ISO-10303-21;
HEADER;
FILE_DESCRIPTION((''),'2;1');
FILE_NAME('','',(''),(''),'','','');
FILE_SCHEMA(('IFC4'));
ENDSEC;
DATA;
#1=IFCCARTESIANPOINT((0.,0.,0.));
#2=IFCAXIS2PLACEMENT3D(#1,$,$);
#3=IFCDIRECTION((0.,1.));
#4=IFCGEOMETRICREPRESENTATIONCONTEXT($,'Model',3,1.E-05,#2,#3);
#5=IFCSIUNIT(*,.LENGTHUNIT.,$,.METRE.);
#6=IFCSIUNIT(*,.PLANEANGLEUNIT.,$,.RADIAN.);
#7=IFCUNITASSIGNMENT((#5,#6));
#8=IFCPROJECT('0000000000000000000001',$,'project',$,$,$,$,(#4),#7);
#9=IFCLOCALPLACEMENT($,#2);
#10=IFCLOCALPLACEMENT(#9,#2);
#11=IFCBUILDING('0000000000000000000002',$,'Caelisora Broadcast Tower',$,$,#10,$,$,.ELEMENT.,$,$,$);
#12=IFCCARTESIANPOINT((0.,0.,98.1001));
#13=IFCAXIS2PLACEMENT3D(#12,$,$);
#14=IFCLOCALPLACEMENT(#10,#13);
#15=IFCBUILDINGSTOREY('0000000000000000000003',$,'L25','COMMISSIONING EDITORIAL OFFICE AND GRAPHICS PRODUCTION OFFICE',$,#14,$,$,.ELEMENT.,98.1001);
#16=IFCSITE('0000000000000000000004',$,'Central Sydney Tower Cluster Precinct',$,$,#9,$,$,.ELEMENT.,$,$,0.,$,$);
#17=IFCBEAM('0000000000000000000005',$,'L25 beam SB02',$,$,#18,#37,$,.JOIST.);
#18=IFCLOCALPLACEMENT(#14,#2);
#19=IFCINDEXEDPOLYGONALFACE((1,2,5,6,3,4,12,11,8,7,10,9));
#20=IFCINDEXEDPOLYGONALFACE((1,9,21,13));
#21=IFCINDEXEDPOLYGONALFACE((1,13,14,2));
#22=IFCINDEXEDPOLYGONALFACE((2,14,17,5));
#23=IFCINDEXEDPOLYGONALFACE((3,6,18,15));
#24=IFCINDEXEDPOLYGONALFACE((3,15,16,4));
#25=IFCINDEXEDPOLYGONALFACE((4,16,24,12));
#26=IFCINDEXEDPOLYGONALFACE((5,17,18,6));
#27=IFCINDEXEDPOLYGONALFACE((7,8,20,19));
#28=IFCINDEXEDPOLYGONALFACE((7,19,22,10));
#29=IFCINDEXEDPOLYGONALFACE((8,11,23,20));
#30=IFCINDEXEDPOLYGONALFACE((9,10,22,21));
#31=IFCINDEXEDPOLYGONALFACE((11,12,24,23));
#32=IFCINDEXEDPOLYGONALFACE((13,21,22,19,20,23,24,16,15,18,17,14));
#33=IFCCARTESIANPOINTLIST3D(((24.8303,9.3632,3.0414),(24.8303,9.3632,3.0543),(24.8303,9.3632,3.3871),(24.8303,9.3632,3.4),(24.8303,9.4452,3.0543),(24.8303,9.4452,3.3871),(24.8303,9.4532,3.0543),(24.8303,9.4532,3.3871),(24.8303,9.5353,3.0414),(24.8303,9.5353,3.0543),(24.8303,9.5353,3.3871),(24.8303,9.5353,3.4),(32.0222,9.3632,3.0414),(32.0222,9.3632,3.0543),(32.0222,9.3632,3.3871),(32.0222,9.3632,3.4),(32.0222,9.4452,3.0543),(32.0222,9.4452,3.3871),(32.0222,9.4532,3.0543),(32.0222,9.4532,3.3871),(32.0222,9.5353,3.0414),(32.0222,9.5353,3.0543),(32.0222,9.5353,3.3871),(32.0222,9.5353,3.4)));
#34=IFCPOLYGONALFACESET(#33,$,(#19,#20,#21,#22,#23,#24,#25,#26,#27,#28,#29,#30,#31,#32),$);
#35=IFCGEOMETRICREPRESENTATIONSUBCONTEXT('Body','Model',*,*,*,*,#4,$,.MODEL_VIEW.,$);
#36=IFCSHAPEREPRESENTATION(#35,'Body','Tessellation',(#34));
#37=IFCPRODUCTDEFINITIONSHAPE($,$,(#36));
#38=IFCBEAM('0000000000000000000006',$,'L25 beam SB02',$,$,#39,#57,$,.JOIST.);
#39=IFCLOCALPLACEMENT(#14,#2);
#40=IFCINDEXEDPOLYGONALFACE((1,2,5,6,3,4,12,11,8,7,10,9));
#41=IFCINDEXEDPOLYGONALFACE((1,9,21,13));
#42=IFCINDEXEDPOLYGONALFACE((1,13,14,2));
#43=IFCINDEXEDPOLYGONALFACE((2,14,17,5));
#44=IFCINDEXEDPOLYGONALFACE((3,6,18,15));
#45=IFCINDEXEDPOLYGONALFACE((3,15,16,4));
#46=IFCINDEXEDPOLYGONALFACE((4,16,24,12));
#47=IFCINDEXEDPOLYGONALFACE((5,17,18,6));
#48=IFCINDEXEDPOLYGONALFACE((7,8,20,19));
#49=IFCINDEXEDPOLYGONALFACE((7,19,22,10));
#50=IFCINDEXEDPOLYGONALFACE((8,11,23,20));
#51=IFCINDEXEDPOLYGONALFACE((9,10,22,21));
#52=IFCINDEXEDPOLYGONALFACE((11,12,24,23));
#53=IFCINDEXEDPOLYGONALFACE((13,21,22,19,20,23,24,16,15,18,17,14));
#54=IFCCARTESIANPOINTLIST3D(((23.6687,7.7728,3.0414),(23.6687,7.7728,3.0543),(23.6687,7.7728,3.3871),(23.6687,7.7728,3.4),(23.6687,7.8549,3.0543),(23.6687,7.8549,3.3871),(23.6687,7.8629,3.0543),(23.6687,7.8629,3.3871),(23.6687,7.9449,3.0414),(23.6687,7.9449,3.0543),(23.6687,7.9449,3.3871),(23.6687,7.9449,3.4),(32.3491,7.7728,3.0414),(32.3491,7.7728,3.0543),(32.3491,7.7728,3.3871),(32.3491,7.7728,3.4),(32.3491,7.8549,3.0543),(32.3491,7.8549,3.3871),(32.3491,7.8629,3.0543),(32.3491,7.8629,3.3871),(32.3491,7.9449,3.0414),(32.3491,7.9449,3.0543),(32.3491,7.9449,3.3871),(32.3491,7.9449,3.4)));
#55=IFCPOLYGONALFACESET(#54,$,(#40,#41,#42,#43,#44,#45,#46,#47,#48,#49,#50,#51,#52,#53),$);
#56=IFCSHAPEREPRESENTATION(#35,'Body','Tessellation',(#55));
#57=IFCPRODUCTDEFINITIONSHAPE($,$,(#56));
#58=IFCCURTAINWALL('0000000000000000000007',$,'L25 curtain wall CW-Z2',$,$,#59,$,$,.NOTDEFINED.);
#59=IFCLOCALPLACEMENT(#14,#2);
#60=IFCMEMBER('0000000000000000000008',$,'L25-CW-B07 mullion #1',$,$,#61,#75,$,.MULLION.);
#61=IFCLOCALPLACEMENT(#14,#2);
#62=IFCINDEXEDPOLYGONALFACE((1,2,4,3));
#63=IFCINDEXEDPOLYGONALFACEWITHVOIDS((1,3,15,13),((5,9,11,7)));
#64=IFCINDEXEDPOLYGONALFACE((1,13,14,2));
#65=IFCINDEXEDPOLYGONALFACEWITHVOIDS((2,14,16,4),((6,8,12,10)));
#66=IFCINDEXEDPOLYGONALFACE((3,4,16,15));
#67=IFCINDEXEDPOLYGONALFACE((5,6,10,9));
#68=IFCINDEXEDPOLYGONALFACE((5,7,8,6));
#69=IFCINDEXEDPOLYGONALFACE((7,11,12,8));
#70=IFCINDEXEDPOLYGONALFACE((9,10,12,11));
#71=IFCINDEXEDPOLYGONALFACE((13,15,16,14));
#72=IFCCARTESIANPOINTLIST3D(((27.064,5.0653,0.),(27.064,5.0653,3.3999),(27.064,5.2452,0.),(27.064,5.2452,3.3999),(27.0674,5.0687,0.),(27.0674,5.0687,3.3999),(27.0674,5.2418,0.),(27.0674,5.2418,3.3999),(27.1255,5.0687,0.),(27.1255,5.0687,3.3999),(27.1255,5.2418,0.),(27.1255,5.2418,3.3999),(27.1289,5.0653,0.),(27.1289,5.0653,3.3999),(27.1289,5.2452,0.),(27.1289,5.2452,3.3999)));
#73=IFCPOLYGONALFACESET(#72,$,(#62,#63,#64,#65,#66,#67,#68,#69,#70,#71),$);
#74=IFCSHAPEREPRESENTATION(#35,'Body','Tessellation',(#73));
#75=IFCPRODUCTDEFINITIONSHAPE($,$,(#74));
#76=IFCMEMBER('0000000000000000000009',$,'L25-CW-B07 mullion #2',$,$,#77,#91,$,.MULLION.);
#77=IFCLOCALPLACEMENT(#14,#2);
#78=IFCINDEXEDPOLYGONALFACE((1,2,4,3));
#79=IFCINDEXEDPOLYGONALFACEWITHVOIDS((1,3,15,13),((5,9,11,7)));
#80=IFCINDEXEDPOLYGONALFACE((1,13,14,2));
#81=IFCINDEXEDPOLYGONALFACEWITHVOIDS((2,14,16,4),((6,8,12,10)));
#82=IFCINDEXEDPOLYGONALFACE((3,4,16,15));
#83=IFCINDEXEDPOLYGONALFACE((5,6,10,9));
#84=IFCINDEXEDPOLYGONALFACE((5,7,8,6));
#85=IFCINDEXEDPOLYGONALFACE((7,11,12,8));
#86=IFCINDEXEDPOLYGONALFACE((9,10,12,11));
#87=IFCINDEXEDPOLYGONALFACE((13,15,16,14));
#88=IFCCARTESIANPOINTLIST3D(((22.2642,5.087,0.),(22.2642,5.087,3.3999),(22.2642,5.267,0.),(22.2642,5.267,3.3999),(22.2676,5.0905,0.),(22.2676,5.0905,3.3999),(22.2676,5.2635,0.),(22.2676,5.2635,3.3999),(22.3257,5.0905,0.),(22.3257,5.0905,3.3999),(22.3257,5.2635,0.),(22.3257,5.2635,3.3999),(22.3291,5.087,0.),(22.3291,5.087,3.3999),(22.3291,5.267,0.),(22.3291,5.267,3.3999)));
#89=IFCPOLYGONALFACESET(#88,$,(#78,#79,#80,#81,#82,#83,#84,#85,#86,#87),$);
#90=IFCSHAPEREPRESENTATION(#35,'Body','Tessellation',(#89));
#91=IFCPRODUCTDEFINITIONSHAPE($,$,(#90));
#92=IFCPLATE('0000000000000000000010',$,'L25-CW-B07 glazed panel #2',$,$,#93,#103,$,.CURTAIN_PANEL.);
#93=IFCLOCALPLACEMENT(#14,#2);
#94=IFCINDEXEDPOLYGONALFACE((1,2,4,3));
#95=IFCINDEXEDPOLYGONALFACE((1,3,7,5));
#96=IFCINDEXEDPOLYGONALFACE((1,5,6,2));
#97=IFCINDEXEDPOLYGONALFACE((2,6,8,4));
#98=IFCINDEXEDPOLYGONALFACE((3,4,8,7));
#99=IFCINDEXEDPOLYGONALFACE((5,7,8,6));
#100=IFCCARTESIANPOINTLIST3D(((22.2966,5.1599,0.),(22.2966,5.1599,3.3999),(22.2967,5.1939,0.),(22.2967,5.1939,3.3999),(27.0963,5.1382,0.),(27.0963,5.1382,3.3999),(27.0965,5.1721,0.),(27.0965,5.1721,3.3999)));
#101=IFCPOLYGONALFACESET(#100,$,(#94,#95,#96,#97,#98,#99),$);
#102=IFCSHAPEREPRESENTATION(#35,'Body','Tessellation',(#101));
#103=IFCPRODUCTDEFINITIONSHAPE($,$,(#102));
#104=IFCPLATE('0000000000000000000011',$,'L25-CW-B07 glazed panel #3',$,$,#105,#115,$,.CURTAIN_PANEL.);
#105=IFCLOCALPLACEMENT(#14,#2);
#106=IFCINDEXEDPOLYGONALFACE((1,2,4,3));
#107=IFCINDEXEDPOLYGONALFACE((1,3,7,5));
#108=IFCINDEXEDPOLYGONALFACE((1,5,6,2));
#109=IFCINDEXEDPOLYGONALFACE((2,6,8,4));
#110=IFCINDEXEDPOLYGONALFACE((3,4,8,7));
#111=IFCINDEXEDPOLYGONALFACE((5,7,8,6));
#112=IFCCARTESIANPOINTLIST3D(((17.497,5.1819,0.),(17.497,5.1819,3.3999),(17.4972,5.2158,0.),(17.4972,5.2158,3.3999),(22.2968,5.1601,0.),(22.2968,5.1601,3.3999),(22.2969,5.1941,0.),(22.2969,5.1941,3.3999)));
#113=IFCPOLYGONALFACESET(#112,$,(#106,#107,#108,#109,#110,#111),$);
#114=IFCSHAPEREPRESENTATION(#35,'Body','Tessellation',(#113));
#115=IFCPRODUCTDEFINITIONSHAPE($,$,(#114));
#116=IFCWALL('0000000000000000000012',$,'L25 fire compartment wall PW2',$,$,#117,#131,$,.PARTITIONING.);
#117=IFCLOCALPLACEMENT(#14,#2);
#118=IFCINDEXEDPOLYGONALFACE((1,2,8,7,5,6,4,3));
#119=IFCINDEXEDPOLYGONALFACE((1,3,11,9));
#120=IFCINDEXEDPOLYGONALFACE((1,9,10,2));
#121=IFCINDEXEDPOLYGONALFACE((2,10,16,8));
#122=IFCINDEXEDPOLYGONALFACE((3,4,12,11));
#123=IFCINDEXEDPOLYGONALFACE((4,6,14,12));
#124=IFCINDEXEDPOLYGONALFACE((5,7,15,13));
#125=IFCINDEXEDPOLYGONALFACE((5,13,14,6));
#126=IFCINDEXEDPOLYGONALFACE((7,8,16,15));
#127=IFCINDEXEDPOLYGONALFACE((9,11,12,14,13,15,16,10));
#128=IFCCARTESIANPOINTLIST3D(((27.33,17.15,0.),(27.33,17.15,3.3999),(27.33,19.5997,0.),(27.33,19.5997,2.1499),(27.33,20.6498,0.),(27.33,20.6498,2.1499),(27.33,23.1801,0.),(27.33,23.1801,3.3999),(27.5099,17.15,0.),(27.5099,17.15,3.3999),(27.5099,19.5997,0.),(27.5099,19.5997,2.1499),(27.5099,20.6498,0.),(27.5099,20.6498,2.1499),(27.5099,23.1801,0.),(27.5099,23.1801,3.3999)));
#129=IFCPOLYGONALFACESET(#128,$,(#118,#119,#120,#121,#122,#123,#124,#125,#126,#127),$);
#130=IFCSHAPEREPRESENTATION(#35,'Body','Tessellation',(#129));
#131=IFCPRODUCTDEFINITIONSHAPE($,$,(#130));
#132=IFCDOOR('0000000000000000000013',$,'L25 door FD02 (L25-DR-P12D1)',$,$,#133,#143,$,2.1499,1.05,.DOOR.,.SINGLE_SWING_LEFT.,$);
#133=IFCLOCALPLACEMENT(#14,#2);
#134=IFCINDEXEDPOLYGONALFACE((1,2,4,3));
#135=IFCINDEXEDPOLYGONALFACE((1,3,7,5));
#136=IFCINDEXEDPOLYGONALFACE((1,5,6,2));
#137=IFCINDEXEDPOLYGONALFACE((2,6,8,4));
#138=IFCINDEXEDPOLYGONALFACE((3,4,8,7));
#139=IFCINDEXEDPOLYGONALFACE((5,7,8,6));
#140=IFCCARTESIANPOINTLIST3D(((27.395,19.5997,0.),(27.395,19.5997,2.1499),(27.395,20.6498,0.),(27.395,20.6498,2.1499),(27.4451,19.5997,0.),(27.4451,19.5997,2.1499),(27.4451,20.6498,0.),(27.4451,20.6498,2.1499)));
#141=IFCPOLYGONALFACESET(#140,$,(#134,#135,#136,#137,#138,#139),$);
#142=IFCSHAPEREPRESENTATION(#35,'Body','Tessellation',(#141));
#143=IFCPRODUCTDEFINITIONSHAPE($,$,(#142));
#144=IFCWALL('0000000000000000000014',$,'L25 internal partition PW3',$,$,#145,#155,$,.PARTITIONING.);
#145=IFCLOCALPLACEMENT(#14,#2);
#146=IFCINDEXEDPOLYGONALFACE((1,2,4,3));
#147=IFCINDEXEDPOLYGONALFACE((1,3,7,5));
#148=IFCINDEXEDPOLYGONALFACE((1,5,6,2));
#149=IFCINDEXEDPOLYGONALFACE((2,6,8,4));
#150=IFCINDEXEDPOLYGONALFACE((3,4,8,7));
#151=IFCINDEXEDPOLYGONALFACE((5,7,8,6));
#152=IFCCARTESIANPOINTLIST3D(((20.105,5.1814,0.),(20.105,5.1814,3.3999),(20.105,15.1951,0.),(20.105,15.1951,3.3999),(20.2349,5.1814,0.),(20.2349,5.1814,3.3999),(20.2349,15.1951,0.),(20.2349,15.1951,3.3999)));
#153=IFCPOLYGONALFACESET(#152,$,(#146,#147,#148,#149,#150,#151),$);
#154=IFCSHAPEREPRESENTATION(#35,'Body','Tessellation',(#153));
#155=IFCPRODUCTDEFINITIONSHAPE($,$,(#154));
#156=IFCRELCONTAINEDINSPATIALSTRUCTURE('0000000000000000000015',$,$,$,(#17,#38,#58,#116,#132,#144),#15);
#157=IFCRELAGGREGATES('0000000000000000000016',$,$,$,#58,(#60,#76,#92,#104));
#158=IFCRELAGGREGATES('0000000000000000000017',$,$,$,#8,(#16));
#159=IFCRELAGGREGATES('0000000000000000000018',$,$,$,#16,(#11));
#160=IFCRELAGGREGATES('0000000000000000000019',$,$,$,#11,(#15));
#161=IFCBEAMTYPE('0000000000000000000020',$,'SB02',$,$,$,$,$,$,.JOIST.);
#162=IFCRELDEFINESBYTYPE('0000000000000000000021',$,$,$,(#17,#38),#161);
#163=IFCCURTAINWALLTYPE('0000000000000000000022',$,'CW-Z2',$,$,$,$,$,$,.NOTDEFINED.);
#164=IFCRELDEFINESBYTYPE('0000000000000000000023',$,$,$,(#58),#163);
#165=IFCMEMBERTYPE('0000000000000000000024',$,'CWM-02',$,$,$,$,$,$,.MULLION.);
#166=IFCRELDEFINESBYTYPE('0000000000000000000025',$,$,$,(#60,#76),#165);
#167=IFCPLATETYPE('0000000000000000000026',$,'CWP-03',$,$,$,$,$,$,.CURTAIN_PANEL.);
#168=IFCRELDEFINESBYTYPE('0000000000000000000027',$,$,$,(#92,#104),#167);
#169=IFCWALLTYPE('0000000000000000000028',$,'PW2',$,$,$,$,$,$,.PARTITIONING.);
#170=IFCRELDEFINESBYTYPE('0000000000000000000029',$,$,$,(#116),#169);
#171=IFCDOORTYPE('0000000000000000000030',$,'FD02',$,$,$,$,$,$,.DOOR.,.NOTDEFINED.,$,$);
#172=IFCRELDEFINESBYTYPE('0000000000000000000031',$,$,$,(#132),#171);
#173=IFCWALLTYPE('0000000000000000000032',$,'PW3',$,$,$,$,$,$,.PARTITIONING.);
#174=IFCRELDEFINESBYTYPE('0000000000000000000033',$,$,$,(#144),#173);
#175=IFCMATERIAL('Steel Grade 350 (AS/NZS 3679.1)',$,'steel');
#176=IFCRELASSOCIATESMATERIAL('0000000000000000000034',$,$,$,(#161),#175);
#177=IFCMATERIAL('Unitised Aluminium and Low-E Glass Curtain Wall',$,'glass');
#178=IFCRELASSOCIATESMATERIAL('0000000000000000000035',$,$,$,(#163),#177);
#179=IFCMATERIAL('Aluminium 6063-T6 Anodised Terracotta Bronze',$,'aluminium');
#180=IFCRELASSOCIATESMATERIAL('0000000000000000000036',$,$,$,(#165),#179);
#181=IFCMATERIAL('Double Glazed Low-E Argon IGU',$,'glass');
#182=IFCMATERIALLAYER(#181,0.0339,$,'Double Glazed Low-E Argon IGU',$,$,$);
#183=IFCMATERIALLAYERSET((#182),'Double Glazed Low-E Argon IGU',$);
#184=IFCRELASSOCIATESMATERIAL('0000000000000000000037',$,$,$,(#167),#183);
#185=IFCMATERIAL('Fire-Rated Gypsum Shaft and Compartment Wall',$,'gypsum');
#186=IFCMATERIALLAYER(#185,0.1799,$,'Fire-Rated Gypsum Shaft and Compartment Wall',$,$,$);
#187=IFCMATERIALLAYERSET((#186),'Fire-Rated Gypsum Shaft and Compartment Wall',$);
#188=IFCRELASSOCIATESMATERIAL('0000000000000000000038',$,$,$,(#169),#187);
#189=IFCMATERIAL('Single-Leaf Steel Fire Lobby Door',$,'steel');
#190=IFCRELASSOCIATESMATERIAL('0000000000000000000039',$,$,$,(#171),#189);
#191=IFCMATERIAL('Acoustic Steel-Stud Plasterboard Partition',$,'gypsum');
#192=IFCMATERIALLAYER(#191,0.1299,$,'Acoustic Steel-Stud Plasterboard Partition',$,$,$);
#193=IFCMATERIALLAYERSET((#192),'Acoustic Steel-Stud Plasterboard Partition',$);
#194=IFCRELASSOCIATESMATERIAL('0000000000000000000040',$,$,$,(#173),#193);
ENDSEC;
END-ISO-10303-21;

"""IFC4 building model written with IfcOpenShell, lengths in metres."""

from ifc_helpers import new_model, si_unit, direction, frame, frame_2d, origin, origin_2d, place, context, subcontext, project, spatial, rectangle, hollow_rectangle, i_section, extrude, source, transform, mapped, material, layer, layer_set, material_profile, profile_set, type_object, type_shapes, element, fill, aggregate, save


model = new_model("IFC4")

# Units and contexts
model_context = context("Model", 3, precision=1e-05, world=origin(), true_north=direction((0.0, 1.0)))
body_context = subcontext(model_context, "Body", "Model", "MODEL_VIEW")
ifc_project = project(units=[si_unit("LENGTHUNIT", "METRE"), si_unit("PLANEANGLEUNIT", "RADIAN")], contexts=[model_context])

# Site, building, storey
site_placement = place(None, origin())
site = spatial("IfcSite", under=ifc_project, at=site_placement, Name="Central Sydney Tower Cluster Precinct", CompositionType="ELEMENT", RefElevation=0.0)
building_placement = place(site_placement, origin())
building = spatial("IfcBuilding", under=site, at=building_placement, Name="Caelisora Broadcast Tower", CompositionType="ELEMENT")
storey_placement = place(building_placement, frame((0.0, 0.0, 98.1001)))
storey = spatial("IfcBuildingStorey", under=building, at=storey_placement, Name="L25", Description="COMMISSIONING EDITORIAL OFFICE AND GRAPHICS PRODUCTION OFFICE", CompositionType="ELEMENT", Elevation=98.1001)

# Beams
ifc_material_1 = material(Name="Steel Grade 350 (AS/NZS 3679.1)", Category="steel")
ifc_material_profile_1 = material_profile(ifc_material_1, i_section(OverallWidth=0.1721, OverallDepth=0.3586, WebThickness=0.0081, FlangeThickness=0.0129, at=origin_2d()), Name="Steel Grade 350 (AS/NZS 3679.1)")
ifc_profile_set_1 = profile_set([ifc_material_profile_1], Name="Steel Grade 350 (AS/NZS 3679.1)")
beam_type_1 = type_object("IfcBeamType", Name="SB02", PredefinedType="JOIST", material=ifc_profile_set_1)
shared_shape_1 = source(origin(), body_context, "Body", "SweptSolid", [
    extrude(i_section(OverallWidth=0.1721, OverallDepth=0.3586, WebThickness=0.0081, FlangeThickness=0.0129, at=origin_2d()), origin(), (0.0, 0.0, 1.0), 7.1919),
])
beam_1_placement = place(storey_placement, frame((24.8303, 9.4492, 3.2207), z_axis=(1.0, 0.0, 0.0), x_axis=(0.0, 1.0, 0.0)))
element("IfcBeam", 1, at=beam_1_placement, inside=storey, type_object=beam_type_1, Name="L25 beam SB02", PredefinedType="JOIST", context=body_context, shape_type="MappedRepresentation", body=[
    mapped(shared_shape_1, transform((0.0, 0.0, 0.0), scale=1.0)),
])
shared_shape_2 = source(origin(), body_context, "Body", "SweptSolid", [
    extrude(i_section(OverallWidth=0.1721, OverallDepth=0.3586, WebThickness=0.0081, FlangeThickness=0.0129, at=origin_2d()), origin(), (0.0, 0.0, 1.0), 8.6804),
])
beam_2_placement = place(storey_placement, frame((23.6687, 7.8589, 3.2207), z_axis=(1.0, 0.0, 0.0), x_axis=(0.0, 1.0, 0.0)))
element("IfcBeam", 2, at=beam_2_placement, inside=storey, type_object=beam_type_1, Name="L25 beam SB02", PredefinedType="JOIST", context=body_context, shape_type="MappedRepresentation", body=[
    mapped(shared_shape_2, transform((0.0, 0.0, 0.0), scale=1.0)),
])

# Curtain wall, members, plates
ifc_material_2 = material(Name="Unitised Aluminium and Low-E Glass Curtain Wall", Category="glass")
curtain_wall_type = type_object("IfcCurtainWallType", Name="CW-Z2", PredefinedType="NOTDEFINED", material=ifc_material_2)
curtain_wall_placement = place(storey_placement, origin())
curtain_wall = element("IfcCurtainWall", 3, at=curtain_wall_placement, inside=storey, type_object=curtain_wall_type, Name="L25 curtain wall CW-Z2", PredefinedType="NOTDEFINED")
ifc_material_3 = material(Name="Aluminium 6063-T6 Anodised Terracotta Bronze", Category="aluminium")
ifc_material_profile_2 = material_profile(ifc_material_3, hollow_rectangle(XDim=0.0649, YDim=0.1799, WallThickness=0.0034, at=origin_2d()), Name="Aluminium 6063-T6 Anodised Terracotta Bronze")
ifc_profile_set_2 = profile_set([ifc_material_profile_2], Name="Aluminium 6063-T6 Anodised Terracotta Bronze")
member_type = type_object("IfcMemberType", Name="CWM-02", PredefinedType="MULLION", material=ifc_profile_set_2)
shared_shape_3 = source(origin(), body_context, "Body", "SweptSolid", [
    extrude(hollow_rectangle(XDim=0.0649, YDim=0.1799, WallThickness=0.0034, at=origin_2d()), origin(), (0.0, 0.0, 1.0), 3.3999),
])
type_shapes(member_type, [shared_shape_3])
member_1_placement = place(storey_placement, frame((27.0964, 5.1553, 0.0), z_axis=(0.0, 0.0, 1.0), x_axis=(1.0, 0.0, 0.0)))
member_1 = element("IfcMember", 4, at=member_1_placement, type_object=member_type, Name="L25-CW-B07 mullion #1", PredefinedType="MULLION", context=body_context, shape_type="MappedRepresentation", body=[
    mapped(shared_shape_3, transform((0.0, 0.0, 0.0), scale=1.0)),
])
member_2_placement = place(storey_placement, frame((22.2966, 5.177, 0.0), z_axis=(0.0, 0.0, 1.0), x_axis=(1.0, 0.0, 0.0)))
member_2 = element("IfcMember", 5, at=member_2_placement, type_object=member_type, Name="L25-CW-B07 mullion #2", PredefinedType="MULLION", context=body_context, shape_type="MappedRepresentation", body=[
    mapped(shared_shape_3, transform((0.0, 0.0, 0.0), scale=1.0)),
])
ifc_material_4 = material(Name="Double Glazed Low-E Argon IGU", Category="glass")
ifc_layer_1 = layer(ifc_material_4, 0.0339, Name="Double Glazed Low-E Argon IGU")
ifc_layer_set_1 = layer_set([ifc_layer_1], Name="Double Glazed Low-E Argon IGU")
plate_type = type_object("IfcPlateType", Name="CWP-03", PredefinedType="CURTAIN_PANEL", material=ifc_layer_set_1)
shared_shape_4 = source(origin(), body_context, "Body", "SweptSolid", [
    extrude(rectangle(XDim=4.7998, YDim=0.0339, at=origin_2d()), origin(), (0.0, 0.0, 1.0), 3.3999),
])
type_shapes(plate_type, [shared_shape_4])
plate_1_placement = place(storey_placement, frame((24.6965, 5.166, 0.0), z_axis=(0.0, 0.0, 1.0), x_axis=(-0.99999, 0.004538, 0.0)))
plate_1 = element("IfcPlate", 6, at=plate_1_placement, type_object=plate_type, Name="L25-CW-B07 glazed panel #2", PredefinedType="CURTAIN_PANEL", context=body_context, shape_type="MappedRepresentation", body=[
    mapped(shared_shape_4, transform((0.0, 0.0, 0.0), scale=1.0)),
])
plate_2_placement = place(storey_placement, frame((19.897, 5.188, 0.0), z_axis=(0.0, 0.0, 1.0), x_axis=(-0.99999, 0.004538, 0.0)))
plate_2 = element("IfcPlate", 7, at=plate_2_placement, type_object=plate_type, Name="L25-CW-B07 glazed panel #3", PredefinedType="CURTAIN_PANEL", context=body_context, shape_type="MappedRepresentation", body=[
    mapped(shared_shape_4, transform((0.0, 0.0, 0.0), scale=1.0)),
])
aggregate(curtain_wall, [member_1, member_2, plate_1, plate_2])

# Wall, opening, door
ifc_material_5 = material(Name="Fire-Rated Gypsum Shaft and Compartment Wall", Category="gypsum")
ifc_layer_2 = layer(ifc_material_5, 0.1799, Name="Fire-Rated Gypsum Shaft and Compartment Wall")
ifc_layer_set_2 = layer_set([ifc_layer_2], Name="Fire-Rated Gypsum Shaft and Compartment Wall")
wall_type_1 = type_object("IfcWallType", Name="PW2", PredefinedType="PARTITIONING", material=ifc_layer_set_2)
wall_1_placement = place(storey_placement, frame((27.4199, 17.1499, 0.0), z_axis=(0.0, 0.0, 1.0), x_axis=(0.0, 1.0, 0.0)))
wall_1 = element("IfcWall", 8, at=wall_1_placement, inside=storey, type_object=wall_type_1, Name="L25 fire compartment wall PW2", PredefinedType="PARTITIONING", context=body_context, shape_type="SweptSolid", body=[
    extrude(rectangle(XDim=6.03, YDim=0.1799, at=frame_2d((3.0151, 0.0))), origin(), (0.0, 0.0, 1.0), 3.3999),
])
opening_1_placement = place(wall_1_placement, frame((2.45, 0.0, 0.0)))
opening_1 = element("IfcOpeningElement", 9, at=opening_1_placement, cuts=wall_1, PredefinedType="OPENING", context=body_context, shape_type="SweptSolid", body=[
    extrude(rectangle(XDim=1.05, YDim=2.1499, at=frame_2d((0.5249, 1.075))), frame((0.0, 0.1021, 0.0), z_axis=(0.0, -1.0, 0.0), x_axis=(1.0, 0.0, 0.0)), (0.0, 0.0, 1.0), 0.2039),
])
ifc_material_6 = material(Name="Single-Leaf Steel Fire Lobby Door", Category="steel")
door_type_1 = type_object("IfcDoorType", Name="FD02", OperationType="NOTDEFINED", PredefinedType="DOOR", material=ifc_material_6)
door_1_placement = place(opening_1_placement, origin())
door_1 = element("IfcDoor", 10, at=door_1_placement, inside=storey, type_object=door_type_1, Name="L25 door FD02 (L25-DR-P12D1)", OperationType="SINGLE_SWING_LEFT", OverallHeight=2.1499, OverallWidth=1.05, PredefinedType="DOOR", context=body_context, shape_type="SweptSolid", body=[
    extrude(rectangle(XDim=1.05, YDim=2.1499, at=frame_2d((0.5249, 1.075))), frame((0.0, 0.0249, 0.0), z_axis=(0.0, -1.0, 0.0), x_axis=(1.0, 0.0, 0.0)), (0.0, 0.0, 1.0), 0.05),
])
fill(opening_1, door_1)

# Wall
ifc_material_7 = material(Name="Acoustic Steel-Stud Plasterboard Partition", Category="gypsum")
ifc_layer_3 = layer(ifc_material_7, 0.1299, Name="Acoustic Steel-Stud Plasterboard Partition")
ifc_layer_set_3 = layer_set([ifc_layer_3], Name="Acoustic Steel-Stud Plasterboard Partition")
wall_type_2 = type_object("IfcWallType", Name="PW3", PredefinedType="PARTITIONING", material=ifc_layer_set_3)
wall_2_placement = place(storey_placement, frame((20.1699, 5.1814, 0.0), z_axis=(0.0, 0.0, 1.0), x_axis=(0.0, 1.0, 0.0)))
element("IfcWall", 11, at=wall_2_placement, inside=storey, type_object=wall_type_2, Name="L25 internal partition PW3", PredefinedType="PARTITIONING", context=body_context, shape_type="SweptSolid", body=[
    extrude(rectangle(XDim=10.0137, YDim=0.1299, at=frame_2d((5.0068, 0.0))), origin(), (0.0, 0.0, 1.0), 3.3999),
])

save(model, "model.ifc")
